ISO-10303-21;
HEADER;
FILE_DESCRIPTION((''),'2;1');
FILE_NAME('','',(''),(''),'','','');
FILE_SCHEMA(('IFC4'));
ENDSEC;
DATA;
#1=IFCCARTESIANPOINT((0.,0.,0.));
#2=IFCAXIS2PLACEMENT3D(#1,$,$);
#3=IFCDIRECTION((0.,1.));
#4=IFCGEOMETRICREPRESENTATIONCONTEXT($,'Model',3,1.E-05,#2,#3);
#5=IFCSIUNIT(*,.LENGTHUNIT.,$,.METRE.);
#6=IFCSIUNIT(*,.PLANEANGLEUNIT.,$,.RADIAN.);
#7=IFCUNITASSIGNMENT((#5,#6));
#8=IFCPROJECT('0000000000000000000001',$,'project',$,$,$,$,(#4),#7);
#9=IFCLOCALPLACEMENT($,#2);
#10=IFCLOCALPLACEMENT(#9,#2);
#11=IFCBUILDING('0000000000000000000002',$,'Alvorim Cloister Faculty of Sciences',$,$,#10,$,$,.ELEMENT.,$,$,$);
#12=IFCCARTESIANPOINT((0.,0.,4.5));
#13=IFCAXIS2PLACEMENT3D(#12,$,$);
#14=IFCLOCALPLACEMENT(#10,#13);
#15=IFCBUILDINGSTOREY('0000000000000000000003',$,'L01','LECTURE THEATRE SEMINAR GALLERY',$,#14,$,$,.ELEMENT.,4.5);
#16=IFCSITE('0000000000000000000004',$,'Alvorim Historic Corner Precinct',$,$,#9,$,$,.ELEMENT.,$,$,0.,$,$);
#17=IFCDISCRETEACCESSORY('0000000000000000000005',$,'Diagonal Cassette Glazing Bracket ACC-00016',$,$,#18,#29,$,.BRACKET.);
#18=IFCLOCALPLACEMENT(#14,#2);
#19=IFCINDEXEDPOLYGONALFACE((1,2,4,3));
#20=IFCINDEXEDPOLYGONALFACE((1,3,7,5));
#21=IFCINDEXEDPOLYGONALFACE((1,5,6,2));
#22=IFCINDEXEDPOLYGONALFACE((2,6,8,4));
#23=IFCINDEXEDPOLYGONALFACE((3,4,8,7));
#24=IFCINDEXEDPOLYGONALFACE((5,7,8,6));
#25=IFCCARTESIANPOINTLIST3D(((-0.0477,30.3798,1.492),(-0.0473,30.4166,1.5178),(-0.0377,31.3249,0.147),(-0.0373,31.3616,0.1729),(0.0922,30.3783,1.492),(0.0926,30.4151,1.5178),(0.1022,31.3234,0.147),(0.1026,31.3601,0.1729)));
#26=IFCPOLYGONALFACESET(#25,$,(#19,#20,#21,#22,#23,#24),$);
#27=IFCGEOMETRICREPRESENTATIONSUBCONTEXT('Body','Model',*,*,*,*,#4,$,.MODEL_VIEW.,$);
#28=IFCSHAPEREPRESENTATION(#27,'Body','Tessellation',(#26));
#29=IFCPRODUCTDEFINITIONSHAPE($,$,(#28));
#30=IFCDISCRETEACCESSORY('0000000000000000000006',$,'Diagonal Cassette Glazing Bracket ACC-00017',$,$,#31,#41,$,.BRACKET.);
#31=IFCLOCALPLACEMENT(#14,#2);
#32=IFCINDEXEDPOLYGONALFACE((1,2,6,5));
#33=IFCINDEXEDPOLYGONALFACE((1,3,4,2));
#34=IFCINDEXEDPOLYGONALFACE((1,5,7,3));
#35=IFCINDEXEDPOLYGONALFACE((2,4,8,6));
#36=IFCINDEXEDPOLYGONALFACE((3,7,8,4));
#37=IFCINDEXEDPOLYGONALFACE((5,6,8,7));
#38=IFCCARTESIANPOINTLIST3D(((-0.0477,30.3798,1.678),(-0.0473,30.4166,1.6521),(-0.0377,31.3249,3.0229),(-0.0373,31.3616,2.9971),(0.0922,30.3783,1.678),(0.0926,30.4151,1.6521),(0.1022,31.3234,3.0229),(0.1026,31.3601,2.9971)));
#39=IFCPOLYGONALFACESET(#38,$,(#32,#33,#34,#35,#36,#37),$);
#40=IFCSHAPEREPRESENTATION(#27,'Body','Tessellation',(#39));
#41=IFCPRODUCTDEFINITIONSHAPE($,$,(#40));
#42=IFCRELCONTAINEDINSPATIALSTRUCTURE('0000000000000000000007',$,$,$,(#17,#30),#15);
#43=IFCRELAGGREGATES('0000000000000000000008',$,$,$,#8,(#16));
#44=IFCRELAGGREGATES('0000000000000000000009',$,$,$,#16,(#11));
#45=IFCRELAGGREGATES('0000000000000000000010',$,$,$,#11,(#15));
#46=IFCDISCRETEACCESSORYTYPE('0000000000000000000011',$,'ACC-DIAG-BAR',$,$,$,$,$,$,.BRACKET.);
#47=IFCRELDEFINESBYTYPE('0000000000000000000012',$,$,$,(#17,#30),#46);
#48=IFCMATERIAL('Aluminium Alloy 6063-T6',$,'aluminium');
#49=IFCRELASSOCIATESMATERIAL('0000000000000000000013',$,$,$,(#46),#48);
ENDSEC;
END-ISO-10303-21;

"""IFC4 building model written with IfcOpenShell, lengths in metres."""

from ifc_helpers import new_model, si_unit, direction, frame, origin, origin_2d, place, context, subcontext, project, spatial, rectangle, extrude, material, type_object, element, save


model = new_model("IFC4")

# Units and contexts
model_context = context("Model", 3, precision=1e-05, world=origin(), true_north=direction((0.0, 1.0)))
body_context = subcontext(model_context, "Body", "Model", "MODEL_VIEW")
ifc_project = project(units=[si_unit("LENGTHUNIT", "METRE"), si_unit("PLANEANGLEUNIT", "RADIAN")], contexts=[model_context])

# Site, building, storey
site_placement = place(None, origin())
site = spatial("IfcSite", under=ifc_project, at=site_placement, Name="Alvorim Historic Corner Precinct", CompositionType="ELEMENT", RefElevation=0.0)
building_placement = place(site_placement, origin())
building = spatial("IfcBuilding", under=site, at=building_placement, Name="Alvorim Cloister Faculty of Sciences", CompositionType="ELEMENT")
storey_placement = place(building_placement, frame((0.0, 0.0, 4.5)))
storey = spatial("IfcBuildingStorey", under=building, at=storey_placement, Name="L01", Description="LECTURE THEATRE SEMINAR GALLERY", CompositionType="ELEMENT", Elevation=4.5)

# Discrete accessories
ifc_material_1 = material(Name="Aluminium Alloy 6063-T6", Category="aluminium")
discrete_accessory_type = type_object("IfcDiscreteAccessoryType", Name="ACC-DIAG-BAR", PredefinedType="BRACKET", material=ifc_material_1)
for number, where, z_axis, x_axis, name in (
    (1, (0.0225, 30.3975, 1.5049), (0.006089, 0.574916, -0.81819), (-0.999944, 0.010591, 0.0), "Diagonal Cassette Glazing Bracket ACC-00016"),
    (2, (0.0225, 30.3975, 1.665), (0.006089, 0.574916, 0.81819), (-0.999944, 0.010591, 0.0), "Diagonal Cassette Glazing Bracket ACC-00017"),
):
    element("IfcDiscreteAccessory", number, at=place(storey_placement, frame(where, z_axis=z_axis, x_axis=x_axis)), inside=storey, type_object=discrete_accessory_type, Name=name, PredefinedType="BRACKET", context=body_context, shape_type="SweptSolid", body=[
        extrude(rectangle(XDim=0.1399, YDim=0.0449, at=origin_2d()), origin(), (0.0, 0.0, 1.0), 1.6438),
    ])

save(model, "model.ifc")
